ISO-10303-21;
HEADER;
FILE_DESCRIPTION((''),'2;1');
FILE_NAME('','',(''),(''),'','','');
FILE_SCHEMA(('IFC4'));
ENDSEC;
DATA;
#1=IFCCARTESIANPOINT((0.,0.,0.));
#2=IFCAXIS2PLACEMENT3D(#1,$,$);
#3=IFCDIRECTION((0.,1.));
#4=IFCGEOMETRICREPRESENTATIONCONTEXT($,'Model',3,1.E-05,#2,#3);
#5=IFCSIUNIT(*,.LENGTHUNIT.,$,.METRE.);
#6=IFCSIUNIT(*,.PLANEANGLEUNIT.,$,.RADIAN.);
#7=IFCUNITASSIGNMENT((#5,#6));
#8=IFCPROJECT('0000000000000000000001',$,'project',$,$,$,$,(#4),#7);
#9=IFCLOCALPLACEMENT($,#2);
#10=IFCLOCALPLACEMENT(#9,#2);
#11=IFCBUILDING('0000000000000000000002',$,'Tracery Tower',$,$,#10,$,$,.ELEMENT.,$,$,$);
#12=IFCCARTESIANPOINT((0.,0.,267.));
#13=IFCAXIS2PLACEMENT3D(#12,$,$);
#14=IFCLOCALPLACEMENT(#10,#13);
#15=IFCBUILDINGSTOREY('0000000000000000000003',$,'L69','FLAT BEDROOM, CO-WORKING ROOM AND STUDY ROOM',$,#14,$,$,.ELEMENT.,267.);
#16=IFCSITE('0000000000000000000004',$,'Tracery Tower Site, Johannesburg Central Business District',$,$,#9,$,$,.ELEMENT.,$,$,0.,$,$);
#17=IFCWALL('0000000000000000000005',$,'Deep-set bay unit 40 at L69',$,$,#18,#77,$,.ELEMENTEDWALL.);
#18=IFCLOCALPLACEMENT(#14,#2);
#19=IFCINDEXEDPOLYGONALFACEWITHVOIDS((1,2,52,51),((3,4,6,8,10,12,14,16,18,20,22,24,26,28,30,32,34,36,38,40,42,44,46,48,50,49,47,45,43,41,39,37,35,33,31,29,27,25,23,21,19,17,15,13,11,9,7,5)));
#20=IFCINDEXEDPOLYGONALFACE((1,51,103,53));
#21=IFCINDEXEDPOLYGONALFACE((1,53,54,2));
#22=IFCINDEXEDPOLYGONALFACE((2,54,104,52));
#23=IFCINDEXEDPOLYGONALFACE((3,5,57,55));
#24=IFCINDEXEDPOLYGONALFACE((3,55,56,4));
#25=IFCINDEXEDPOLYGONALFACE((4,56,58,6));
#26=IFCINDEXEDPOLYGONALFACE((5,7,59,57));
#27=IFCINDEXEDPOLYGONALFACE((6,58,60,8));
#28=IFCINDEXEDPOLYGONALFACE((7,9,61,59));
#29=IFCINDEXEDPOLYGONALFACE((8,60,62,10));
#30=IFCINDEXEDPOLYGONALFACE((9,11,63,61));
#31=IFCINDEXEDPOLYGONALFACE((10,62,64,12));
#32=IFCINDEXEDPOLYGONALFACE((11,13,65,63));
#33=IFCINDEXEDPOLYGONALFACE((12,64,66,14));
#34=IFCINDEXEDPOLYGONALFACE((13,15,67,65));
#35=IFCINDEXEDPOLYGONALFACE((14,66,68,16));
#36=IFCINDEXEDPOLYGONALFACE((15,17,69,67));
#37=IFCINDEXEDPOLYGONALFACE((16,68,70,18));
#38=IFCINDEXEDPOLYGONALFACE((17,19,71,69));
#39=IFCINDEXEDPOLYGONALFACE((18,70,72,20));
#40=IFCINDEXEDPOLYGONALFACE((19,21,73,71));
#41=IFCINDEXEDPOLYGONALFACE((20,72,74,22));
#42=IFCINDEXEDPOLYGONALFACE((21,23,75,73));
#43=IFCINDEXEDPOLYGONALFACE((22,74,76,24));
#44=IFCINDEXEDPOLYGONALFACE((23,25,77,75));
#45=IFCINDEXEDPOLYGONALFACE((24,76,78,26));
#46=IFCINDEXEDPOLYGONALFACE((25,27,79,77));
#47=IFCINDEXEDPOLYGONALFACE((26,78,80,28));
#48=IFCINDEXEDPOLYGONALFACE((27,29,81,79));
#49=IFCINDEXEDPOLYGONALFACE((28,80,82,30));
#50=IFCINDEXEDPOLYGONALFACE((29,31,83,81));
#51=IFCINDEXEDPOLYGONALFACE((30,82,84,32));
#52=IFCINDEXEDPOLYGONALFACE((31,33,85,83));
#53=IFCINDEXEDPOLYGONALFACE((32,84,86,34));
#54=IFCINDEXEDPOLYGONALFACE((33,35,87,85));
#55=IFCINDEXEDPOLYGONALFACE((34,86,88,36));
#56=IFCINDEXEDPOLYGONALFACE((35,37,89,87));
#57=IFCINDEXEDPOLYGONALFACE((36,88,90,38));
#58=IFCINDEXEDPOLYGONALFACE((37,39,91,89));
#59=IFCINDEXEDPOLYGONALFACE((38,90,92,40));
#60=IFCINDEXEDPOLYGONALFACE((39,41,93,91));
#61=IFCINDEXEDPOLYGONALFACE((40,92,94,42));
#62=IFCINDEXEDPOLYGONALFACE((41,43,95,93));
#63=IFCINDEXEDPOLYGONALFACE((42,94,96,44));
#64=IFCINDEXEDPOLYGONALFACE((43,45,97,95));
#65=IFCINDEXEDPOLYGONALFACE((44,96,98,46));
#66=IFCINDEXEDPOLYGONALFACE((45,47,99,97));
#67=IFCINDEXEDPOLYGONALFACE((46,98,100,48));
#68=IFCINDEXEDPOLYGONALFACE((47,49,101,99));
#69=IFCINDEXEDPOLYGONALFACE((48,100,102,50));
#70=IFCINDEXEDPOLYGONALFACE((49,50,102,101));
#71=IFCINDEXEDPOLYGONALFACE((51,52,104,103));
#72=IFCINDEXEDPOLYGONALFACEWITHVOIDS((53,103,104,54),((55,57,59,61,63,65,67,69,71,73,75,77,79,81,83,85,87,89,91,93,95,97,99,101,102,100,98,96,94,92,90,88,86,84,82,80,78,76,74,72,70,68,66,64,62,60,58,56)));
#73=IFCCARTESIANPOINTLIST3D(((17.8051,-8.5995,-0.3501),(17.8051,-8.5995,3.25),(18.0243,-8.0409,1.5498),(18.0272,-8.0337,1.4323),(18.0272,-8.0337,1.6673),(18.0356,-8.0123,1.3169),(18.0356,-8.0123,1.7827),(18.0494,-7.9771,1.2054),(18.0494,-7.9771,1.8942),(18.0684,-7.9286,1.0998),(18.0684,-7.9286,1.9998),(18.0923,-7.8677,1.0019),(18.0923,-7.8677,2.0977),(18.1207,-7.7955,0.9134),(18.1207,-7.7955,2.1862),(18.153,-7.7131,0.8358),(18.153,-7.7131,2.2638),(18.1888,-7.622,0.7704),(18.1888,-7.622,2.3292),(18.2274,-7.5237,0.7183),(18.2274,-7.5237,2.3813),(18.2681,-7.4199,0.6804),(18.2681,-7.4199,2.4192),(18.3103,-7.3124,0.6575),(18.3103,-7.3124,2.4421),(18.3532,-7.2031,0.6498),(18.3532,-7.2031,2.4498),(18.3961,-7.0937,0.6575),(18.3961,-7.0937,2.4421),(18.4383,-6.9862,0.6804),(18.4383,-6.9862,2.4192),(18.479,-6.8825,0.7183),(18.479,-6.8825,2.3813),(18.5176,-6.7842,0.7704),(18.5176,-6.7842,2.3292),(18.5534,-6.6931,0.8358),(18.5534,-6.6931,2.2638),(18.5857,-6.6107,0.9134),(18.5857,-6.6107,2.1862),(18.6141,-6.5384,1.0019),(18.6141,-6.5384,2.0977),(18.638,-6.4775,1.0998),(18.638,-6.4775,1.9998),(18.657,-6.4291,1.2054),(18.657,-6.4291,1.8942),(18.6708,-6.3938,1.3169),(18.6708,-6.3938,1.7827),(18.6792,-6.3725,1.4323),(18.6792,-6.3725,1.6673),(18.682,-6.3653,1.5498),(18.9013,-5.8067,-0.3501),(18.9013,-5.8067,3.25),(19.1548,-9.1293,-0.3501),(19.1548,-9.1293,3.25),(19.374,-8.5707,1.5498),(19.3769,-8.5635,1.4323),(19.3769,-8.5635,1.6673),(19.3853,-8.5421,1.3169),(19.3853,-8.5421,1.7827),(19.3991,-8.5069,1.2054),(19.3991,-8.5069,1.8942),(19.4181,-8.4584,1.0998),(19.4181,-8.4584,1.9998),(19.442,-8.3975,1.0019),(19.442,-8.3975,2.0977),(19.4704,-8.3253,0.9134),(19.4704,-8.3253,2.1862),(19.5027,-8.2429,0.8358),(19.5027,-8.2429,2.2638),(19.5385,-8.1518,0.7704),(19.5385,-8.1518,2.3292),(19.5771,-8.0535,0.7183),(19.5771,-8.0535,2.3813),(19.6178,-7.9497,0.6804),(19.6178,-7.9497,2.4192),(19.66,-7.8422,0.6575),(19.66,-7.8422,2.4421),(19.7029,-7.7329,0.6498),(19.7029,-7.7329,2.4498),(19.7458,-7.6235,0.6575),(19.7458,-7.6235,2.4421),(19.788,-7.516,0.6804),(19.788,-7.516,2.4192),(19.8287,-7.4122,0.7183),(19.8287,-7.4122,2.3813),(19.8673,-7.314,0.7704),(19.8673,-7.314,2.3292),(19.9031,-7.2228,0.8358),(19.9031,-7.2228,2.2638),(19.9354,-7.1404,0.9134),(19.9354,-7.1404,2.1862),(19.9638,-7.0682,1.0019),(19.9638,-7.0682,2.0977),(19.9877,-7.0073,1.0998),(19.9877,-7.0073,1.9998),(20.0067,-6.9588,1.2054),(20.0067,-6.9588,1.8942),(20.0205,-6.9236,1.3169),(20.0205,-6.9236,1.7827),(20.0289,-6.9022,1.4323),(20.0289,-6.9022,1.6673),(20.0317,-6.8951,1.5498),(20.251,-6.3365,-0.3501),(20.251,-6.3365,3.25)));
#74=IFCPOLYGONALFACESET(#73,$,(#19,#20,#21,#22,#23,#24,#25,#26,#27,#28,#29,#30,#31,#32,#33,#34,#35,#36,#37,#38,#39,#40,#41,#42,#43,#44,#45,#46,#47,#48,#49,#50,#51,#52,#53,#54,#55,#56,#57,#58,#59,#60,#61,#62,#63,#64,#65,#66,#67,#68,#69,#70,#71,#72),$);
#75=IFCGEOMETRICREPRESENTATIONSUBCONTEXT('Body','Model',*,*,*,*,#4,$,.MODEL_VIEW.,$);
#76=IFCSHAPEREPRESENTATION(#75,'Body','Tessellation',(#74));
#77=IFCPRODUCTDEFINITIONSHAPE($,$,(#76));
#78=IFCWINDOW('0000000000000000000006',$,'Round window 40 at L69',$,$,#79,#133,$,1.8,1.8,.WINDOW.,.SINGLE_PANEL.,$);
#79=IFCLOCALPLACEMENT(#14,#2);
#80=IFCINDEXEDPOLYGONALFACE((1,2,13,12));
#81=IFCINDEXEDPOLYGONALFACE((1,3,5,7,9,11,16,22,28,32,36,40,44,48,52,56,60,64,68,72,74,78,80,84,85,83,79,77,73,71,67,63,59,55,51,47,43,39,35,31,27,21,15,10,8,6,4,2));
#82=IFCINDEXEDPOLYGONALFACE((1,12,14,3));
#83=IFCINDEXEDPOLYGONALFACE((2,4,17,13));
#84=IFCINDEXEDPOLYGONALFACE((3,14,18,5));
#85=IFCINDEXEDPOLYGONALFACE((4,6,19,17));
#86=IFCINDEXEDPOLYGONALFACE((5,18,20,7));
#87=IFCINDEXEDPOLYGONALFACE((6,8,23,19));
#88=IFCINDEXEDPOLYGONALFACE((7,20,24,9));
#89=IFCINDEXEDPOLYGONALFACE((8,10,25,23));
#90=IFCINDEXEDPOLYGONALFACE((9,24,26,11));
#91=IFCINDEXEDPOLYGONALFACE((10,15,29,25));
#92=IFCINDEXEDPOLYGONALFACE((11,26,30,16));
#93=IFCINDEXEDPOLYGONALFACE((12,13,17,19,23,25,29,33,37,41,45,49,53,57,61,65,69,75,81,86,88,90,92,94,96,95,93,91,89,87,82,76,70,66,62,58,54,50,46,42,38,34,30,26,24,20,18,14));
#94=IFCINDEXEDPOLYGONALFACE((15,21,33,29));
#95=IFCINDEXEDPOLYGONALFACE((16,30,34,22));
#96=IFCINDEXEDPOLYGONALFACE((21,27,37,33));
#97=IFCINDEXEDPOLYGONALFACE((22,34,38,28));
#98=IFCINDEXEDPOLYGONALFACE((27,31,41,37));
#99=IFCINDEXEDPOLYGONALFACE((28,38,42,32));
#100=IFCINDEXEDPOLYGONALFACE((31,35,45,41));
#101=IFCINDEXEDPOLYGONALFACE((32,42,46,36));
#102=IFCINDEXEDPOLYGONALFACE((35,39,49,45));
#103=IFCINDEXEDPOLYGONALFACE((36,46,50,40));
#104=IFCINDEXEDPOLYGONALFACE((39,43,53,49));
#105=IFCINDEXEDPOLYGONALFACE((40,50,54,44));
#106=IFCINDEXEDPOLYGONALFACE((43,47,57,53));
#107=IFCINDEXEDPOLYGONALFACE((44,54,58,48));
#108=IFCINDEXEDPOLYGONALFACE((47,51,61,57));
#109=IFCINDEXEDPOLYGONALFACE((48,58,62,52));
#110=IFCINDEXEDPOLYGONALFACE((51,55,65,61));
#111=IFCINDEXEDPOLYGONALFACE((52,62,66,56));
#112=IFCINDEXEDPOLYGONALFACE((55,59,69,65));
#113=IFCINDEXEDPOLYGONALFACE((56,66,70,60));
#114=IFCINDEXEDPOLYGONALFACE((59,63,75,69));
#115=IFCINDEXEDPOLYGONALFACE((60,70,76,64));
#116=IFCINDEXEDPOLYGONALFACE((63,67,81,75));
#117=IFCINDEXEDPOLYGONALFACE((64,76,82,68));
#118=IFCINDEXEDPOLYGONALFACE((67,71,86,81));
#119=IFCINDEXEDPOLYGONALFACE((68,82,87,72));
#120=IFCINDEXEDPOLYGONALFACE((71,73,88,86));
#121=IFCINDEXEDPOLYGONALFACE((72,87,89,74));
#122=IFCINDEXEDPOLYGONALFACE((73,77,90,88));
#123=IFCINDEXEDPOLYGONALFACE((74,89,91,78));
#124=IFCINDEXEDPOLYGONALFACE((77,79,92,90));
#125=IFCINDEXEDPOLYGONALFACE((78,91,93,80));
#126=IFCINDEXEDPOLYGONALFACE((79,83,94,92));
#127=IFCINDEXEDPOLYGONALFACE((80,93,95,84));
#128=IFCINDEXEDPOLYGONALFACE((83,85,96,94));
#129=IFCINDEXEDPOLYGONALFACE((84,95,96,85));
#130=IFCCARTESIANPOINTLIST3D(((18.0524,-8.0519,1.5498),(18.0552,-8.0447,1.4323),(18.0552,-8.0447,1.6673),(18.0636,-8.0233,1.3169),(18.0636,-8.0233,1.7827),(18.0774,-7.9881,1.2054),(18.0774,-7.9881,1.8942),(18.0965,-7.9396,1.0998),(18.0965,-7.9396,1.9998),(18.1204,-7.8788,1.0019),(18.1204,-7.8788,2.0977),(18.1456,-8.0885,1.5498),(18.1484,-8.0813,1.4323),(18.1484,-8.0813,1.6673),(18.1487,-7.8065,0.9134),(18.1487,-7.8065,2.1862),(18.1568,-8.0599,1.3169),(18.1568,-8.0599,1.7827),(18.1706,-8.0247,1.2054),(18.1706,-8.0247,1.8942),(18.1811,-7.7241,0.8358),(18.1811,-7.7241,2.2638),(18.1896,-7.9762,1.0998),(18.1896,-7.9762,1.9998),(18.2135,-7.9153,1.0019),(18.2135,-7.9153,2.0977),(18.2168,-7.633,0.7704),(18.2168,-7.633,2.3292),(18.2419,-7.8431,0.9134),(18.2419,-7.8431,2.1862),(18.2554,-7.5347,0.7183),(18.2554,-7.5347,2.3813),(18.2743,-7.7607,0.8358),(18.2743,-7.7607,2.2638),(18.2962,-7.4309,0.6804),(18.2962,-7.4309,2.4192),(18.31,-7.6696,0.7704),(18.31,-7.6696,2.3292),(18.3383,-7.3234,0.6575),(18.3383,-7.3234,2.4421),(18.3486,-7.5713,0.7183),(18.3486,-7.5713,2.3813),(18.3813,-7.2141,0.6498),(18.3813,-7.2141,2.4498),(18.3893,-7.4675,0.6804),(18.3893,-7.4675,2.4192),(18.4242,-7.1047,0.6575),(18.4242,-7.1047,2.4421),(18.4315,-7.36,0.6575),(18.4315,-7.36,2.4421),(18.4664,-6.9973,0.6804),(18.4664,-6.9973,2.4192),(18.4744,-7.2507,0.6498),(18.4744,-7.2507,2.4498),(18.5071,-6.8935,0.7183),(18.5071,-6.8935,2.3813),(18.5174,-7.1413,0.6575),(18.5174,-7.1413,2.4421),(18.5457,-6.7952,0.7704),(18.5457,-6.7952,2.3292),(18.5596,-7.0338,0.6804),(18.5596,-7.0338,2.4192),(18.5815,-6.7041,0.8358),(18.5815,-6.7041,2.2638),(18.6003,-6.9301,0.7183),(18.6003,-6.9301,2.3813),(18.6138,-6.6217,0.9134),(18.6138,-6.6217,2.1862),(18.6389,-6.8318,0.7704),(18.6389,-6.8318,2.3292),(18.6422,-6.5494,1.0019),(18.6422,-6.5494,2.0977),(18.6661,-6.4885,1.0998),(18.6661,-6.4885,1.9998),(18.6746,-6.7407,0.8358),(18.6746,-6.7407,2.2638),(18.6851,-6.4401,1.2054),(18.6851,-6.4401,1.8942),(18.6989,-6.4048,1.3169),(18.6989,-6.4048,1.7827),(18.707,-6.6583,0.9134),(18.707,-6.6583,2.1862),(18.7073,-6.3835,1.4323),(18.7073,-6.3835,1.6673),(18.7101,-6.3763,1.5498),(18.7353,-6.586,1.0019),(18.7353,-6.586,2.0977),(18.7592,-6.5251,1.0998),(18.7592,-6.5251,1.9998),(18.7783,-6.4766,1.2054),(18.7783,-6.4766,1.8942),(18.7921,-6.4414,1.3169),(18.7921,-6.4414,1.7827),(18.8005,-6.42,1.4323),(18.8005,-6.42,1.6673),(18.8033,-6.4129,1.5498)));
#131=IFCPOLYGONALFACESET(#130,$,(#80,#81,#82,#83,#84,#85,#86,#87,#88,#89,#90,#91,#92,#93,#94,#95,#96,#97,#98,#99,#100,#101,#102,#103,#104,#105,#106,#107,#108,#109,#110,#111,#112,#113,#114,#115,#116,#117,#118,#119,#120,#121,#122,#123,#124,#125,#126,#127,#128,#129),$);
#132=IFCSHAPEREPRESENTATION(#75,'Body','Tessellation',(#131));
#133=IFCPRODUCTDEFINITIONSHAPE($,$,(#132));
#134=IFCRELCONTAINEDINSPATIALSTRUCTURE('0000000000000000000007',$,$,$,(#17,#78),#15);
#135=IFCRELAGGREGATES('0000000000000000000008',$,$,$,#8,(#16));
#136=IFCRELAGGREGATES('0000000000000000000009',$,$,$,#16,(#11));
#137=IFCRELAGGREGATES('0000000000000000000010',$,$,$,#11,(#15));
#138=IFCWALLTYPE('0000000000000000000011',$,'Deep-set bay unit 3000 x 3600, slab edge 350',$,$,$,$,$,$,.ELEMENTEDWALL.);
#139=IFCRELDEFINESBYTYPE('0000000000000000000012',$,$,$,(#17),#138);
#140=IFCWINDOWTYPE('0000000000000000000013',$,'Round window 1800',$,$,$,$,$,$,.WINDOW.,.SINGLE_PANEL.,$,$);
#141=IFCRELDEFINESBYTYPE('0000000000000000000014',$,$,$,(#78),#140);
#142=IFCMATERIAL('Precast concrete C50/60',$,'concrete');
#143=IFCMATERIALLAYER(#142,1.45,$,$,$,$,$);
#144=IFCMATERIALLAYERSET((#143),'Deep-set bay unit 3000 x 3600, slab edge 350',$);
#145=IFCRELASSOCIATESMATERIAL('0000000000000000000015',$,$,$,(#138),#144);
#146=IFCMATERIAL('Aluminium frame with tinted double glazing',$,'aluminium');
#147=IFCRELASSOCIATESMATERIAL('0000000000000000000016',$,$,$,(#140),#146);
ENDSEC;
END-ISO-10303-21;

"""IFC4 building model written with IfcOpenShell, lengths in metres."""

from ifc_helpers import new_model, si_unit, direction, frame, frame_2d, origin, origin_2d, place, context, subcontext, project, spatial, rectangle, circle, extrude, material, layer, layer_set, type_object, element, fill, save


model = new_model("IFC4")

# Units and contexts
model_context = context("Model", 3, precision=1e-05, world=origin(), true_north=direction((0.0, 1.0)))
body_context = subcontext(model_context, "Body", "Model", "MODEL_VIEW")
ifc_project = project(units=[si_unit("LENGTHUNIT", "METRE"), si_unit("PLANEANGLEUNIT", "RADIAN")], contexts=[model_context])

# Site, building, storey
site_placement = place(None, origin())
site = spatial("IfcSite", under=ifc_project, at=site_placement, Name="Tracery Tower Site, Johannesburg Central Business District", CompositionType="ELEMENT", RefElevation=0.0)
building_placement = place(site_placement, origin())
building = spatial("IfcBuilding", under=site, at=building_placement, Name="Tracery Tower", CompositionType="ELEMENT")
storey_placement = place(building_placement, frame((0.0, 0.0, 267.0)))
storey = spatial("IfcBuildingStorey", under=building, at=storey_placement, Name="L69", Description="FLAT BEDROOM, CO-WORKING ROOM AND STUDY ROOM", CompositionType="ELEMENT", Elevation=267.0)

# Wall, opening, window
ifc_material_1 = material(Name="Precast concrete C50/60", Category="concrete")
ifc_layer_1 = layer(ifc_material_1, 1.45)
ifc_layer_set_1 = layer_set([ifc_layer_1], Name="Deep-set bay unit 3000 x 3600, slab edge 350")
wall_type_1 = type_object("IfcWallType", Name="Deep-set bay unit 3000 x 3600, slab edge 350", PredefinedType="ELEMENTEDWALL", material=ifc_layer_set_1)
wall_1_placement = place(storey_placement, frame((18.48, -8.8643, -0.3501), z_axis=(0.0, 0.0, 1.0), x_axis=(0.365378, 0.930859, 0.0)))
wall_1 = element("IfcWall", 1, at=wall_1_placement, inside=storey, type_object=wall_type_1, Name="Deep-set bay unit 40 at L69", PredefinedType="ELEMENTEDWALL", context=body_context, shape_type="SweptSolid", body=[
    extrude(rectangle(XDim=3.0002, YDim=1.45, at=frame_2d((1.5, 0.0))), origin(), (0.0, 0.0, 1.0), 3.6001),
])
opening_1_placement = place(wall_1_placement, frame((1.5, 0.0, 1.8999)))
opening_1 = element("IfcOpeningElement", 2, at=opening_1_placement, cuts=wall_1, PredefinedType="OPENING", context=body_context, shape_type="SweptSolid", body=[
    extrude(circle(Radius=0.9, at=origin_2d()), frame((0.0, 0.7349, 0.0), z_axis=(0.0, -1.0, 0.0), x_axis=(1.0, 0.0, 0.0)), (0.0, 0.0, 1.0), 1.47),
])
ifc_material_2 = material(Name="Aluminium frame with tinted double glazing", Category="aluminium")
window_type = type_object("IfcWindowType", Name="Round window 1800", PartitioningType="SINGLE_PANEL", PredefinedType="WINDOW", material=ifc_material_2)
window_1_placement = place(opening_1_placement, origin())
window_1 = element("IfcWindow", 3, at=window_1_placement, inside=storey, type_object=window_type, Name="Round window 40 at L69", OverallHeight=1.8, OverallWidth=1.8, PartitioningType="SINGLE_PANEL", PredefinedType="WINDOW", context=body_context, shape_type="SweptSolid", body=[
    extrude(circle(Radius=0.9, at=origin_2d()), frame((0.0, 0.6948, 0.0), z_axis=(0.0, -1.0, 0.0), x_axis=(1.0, 0.0, 0.0)), (0.0, 0.0, 1.0), 0.1001),
])
fill(opening_1, window_1)

save(model, "model.ifc")
